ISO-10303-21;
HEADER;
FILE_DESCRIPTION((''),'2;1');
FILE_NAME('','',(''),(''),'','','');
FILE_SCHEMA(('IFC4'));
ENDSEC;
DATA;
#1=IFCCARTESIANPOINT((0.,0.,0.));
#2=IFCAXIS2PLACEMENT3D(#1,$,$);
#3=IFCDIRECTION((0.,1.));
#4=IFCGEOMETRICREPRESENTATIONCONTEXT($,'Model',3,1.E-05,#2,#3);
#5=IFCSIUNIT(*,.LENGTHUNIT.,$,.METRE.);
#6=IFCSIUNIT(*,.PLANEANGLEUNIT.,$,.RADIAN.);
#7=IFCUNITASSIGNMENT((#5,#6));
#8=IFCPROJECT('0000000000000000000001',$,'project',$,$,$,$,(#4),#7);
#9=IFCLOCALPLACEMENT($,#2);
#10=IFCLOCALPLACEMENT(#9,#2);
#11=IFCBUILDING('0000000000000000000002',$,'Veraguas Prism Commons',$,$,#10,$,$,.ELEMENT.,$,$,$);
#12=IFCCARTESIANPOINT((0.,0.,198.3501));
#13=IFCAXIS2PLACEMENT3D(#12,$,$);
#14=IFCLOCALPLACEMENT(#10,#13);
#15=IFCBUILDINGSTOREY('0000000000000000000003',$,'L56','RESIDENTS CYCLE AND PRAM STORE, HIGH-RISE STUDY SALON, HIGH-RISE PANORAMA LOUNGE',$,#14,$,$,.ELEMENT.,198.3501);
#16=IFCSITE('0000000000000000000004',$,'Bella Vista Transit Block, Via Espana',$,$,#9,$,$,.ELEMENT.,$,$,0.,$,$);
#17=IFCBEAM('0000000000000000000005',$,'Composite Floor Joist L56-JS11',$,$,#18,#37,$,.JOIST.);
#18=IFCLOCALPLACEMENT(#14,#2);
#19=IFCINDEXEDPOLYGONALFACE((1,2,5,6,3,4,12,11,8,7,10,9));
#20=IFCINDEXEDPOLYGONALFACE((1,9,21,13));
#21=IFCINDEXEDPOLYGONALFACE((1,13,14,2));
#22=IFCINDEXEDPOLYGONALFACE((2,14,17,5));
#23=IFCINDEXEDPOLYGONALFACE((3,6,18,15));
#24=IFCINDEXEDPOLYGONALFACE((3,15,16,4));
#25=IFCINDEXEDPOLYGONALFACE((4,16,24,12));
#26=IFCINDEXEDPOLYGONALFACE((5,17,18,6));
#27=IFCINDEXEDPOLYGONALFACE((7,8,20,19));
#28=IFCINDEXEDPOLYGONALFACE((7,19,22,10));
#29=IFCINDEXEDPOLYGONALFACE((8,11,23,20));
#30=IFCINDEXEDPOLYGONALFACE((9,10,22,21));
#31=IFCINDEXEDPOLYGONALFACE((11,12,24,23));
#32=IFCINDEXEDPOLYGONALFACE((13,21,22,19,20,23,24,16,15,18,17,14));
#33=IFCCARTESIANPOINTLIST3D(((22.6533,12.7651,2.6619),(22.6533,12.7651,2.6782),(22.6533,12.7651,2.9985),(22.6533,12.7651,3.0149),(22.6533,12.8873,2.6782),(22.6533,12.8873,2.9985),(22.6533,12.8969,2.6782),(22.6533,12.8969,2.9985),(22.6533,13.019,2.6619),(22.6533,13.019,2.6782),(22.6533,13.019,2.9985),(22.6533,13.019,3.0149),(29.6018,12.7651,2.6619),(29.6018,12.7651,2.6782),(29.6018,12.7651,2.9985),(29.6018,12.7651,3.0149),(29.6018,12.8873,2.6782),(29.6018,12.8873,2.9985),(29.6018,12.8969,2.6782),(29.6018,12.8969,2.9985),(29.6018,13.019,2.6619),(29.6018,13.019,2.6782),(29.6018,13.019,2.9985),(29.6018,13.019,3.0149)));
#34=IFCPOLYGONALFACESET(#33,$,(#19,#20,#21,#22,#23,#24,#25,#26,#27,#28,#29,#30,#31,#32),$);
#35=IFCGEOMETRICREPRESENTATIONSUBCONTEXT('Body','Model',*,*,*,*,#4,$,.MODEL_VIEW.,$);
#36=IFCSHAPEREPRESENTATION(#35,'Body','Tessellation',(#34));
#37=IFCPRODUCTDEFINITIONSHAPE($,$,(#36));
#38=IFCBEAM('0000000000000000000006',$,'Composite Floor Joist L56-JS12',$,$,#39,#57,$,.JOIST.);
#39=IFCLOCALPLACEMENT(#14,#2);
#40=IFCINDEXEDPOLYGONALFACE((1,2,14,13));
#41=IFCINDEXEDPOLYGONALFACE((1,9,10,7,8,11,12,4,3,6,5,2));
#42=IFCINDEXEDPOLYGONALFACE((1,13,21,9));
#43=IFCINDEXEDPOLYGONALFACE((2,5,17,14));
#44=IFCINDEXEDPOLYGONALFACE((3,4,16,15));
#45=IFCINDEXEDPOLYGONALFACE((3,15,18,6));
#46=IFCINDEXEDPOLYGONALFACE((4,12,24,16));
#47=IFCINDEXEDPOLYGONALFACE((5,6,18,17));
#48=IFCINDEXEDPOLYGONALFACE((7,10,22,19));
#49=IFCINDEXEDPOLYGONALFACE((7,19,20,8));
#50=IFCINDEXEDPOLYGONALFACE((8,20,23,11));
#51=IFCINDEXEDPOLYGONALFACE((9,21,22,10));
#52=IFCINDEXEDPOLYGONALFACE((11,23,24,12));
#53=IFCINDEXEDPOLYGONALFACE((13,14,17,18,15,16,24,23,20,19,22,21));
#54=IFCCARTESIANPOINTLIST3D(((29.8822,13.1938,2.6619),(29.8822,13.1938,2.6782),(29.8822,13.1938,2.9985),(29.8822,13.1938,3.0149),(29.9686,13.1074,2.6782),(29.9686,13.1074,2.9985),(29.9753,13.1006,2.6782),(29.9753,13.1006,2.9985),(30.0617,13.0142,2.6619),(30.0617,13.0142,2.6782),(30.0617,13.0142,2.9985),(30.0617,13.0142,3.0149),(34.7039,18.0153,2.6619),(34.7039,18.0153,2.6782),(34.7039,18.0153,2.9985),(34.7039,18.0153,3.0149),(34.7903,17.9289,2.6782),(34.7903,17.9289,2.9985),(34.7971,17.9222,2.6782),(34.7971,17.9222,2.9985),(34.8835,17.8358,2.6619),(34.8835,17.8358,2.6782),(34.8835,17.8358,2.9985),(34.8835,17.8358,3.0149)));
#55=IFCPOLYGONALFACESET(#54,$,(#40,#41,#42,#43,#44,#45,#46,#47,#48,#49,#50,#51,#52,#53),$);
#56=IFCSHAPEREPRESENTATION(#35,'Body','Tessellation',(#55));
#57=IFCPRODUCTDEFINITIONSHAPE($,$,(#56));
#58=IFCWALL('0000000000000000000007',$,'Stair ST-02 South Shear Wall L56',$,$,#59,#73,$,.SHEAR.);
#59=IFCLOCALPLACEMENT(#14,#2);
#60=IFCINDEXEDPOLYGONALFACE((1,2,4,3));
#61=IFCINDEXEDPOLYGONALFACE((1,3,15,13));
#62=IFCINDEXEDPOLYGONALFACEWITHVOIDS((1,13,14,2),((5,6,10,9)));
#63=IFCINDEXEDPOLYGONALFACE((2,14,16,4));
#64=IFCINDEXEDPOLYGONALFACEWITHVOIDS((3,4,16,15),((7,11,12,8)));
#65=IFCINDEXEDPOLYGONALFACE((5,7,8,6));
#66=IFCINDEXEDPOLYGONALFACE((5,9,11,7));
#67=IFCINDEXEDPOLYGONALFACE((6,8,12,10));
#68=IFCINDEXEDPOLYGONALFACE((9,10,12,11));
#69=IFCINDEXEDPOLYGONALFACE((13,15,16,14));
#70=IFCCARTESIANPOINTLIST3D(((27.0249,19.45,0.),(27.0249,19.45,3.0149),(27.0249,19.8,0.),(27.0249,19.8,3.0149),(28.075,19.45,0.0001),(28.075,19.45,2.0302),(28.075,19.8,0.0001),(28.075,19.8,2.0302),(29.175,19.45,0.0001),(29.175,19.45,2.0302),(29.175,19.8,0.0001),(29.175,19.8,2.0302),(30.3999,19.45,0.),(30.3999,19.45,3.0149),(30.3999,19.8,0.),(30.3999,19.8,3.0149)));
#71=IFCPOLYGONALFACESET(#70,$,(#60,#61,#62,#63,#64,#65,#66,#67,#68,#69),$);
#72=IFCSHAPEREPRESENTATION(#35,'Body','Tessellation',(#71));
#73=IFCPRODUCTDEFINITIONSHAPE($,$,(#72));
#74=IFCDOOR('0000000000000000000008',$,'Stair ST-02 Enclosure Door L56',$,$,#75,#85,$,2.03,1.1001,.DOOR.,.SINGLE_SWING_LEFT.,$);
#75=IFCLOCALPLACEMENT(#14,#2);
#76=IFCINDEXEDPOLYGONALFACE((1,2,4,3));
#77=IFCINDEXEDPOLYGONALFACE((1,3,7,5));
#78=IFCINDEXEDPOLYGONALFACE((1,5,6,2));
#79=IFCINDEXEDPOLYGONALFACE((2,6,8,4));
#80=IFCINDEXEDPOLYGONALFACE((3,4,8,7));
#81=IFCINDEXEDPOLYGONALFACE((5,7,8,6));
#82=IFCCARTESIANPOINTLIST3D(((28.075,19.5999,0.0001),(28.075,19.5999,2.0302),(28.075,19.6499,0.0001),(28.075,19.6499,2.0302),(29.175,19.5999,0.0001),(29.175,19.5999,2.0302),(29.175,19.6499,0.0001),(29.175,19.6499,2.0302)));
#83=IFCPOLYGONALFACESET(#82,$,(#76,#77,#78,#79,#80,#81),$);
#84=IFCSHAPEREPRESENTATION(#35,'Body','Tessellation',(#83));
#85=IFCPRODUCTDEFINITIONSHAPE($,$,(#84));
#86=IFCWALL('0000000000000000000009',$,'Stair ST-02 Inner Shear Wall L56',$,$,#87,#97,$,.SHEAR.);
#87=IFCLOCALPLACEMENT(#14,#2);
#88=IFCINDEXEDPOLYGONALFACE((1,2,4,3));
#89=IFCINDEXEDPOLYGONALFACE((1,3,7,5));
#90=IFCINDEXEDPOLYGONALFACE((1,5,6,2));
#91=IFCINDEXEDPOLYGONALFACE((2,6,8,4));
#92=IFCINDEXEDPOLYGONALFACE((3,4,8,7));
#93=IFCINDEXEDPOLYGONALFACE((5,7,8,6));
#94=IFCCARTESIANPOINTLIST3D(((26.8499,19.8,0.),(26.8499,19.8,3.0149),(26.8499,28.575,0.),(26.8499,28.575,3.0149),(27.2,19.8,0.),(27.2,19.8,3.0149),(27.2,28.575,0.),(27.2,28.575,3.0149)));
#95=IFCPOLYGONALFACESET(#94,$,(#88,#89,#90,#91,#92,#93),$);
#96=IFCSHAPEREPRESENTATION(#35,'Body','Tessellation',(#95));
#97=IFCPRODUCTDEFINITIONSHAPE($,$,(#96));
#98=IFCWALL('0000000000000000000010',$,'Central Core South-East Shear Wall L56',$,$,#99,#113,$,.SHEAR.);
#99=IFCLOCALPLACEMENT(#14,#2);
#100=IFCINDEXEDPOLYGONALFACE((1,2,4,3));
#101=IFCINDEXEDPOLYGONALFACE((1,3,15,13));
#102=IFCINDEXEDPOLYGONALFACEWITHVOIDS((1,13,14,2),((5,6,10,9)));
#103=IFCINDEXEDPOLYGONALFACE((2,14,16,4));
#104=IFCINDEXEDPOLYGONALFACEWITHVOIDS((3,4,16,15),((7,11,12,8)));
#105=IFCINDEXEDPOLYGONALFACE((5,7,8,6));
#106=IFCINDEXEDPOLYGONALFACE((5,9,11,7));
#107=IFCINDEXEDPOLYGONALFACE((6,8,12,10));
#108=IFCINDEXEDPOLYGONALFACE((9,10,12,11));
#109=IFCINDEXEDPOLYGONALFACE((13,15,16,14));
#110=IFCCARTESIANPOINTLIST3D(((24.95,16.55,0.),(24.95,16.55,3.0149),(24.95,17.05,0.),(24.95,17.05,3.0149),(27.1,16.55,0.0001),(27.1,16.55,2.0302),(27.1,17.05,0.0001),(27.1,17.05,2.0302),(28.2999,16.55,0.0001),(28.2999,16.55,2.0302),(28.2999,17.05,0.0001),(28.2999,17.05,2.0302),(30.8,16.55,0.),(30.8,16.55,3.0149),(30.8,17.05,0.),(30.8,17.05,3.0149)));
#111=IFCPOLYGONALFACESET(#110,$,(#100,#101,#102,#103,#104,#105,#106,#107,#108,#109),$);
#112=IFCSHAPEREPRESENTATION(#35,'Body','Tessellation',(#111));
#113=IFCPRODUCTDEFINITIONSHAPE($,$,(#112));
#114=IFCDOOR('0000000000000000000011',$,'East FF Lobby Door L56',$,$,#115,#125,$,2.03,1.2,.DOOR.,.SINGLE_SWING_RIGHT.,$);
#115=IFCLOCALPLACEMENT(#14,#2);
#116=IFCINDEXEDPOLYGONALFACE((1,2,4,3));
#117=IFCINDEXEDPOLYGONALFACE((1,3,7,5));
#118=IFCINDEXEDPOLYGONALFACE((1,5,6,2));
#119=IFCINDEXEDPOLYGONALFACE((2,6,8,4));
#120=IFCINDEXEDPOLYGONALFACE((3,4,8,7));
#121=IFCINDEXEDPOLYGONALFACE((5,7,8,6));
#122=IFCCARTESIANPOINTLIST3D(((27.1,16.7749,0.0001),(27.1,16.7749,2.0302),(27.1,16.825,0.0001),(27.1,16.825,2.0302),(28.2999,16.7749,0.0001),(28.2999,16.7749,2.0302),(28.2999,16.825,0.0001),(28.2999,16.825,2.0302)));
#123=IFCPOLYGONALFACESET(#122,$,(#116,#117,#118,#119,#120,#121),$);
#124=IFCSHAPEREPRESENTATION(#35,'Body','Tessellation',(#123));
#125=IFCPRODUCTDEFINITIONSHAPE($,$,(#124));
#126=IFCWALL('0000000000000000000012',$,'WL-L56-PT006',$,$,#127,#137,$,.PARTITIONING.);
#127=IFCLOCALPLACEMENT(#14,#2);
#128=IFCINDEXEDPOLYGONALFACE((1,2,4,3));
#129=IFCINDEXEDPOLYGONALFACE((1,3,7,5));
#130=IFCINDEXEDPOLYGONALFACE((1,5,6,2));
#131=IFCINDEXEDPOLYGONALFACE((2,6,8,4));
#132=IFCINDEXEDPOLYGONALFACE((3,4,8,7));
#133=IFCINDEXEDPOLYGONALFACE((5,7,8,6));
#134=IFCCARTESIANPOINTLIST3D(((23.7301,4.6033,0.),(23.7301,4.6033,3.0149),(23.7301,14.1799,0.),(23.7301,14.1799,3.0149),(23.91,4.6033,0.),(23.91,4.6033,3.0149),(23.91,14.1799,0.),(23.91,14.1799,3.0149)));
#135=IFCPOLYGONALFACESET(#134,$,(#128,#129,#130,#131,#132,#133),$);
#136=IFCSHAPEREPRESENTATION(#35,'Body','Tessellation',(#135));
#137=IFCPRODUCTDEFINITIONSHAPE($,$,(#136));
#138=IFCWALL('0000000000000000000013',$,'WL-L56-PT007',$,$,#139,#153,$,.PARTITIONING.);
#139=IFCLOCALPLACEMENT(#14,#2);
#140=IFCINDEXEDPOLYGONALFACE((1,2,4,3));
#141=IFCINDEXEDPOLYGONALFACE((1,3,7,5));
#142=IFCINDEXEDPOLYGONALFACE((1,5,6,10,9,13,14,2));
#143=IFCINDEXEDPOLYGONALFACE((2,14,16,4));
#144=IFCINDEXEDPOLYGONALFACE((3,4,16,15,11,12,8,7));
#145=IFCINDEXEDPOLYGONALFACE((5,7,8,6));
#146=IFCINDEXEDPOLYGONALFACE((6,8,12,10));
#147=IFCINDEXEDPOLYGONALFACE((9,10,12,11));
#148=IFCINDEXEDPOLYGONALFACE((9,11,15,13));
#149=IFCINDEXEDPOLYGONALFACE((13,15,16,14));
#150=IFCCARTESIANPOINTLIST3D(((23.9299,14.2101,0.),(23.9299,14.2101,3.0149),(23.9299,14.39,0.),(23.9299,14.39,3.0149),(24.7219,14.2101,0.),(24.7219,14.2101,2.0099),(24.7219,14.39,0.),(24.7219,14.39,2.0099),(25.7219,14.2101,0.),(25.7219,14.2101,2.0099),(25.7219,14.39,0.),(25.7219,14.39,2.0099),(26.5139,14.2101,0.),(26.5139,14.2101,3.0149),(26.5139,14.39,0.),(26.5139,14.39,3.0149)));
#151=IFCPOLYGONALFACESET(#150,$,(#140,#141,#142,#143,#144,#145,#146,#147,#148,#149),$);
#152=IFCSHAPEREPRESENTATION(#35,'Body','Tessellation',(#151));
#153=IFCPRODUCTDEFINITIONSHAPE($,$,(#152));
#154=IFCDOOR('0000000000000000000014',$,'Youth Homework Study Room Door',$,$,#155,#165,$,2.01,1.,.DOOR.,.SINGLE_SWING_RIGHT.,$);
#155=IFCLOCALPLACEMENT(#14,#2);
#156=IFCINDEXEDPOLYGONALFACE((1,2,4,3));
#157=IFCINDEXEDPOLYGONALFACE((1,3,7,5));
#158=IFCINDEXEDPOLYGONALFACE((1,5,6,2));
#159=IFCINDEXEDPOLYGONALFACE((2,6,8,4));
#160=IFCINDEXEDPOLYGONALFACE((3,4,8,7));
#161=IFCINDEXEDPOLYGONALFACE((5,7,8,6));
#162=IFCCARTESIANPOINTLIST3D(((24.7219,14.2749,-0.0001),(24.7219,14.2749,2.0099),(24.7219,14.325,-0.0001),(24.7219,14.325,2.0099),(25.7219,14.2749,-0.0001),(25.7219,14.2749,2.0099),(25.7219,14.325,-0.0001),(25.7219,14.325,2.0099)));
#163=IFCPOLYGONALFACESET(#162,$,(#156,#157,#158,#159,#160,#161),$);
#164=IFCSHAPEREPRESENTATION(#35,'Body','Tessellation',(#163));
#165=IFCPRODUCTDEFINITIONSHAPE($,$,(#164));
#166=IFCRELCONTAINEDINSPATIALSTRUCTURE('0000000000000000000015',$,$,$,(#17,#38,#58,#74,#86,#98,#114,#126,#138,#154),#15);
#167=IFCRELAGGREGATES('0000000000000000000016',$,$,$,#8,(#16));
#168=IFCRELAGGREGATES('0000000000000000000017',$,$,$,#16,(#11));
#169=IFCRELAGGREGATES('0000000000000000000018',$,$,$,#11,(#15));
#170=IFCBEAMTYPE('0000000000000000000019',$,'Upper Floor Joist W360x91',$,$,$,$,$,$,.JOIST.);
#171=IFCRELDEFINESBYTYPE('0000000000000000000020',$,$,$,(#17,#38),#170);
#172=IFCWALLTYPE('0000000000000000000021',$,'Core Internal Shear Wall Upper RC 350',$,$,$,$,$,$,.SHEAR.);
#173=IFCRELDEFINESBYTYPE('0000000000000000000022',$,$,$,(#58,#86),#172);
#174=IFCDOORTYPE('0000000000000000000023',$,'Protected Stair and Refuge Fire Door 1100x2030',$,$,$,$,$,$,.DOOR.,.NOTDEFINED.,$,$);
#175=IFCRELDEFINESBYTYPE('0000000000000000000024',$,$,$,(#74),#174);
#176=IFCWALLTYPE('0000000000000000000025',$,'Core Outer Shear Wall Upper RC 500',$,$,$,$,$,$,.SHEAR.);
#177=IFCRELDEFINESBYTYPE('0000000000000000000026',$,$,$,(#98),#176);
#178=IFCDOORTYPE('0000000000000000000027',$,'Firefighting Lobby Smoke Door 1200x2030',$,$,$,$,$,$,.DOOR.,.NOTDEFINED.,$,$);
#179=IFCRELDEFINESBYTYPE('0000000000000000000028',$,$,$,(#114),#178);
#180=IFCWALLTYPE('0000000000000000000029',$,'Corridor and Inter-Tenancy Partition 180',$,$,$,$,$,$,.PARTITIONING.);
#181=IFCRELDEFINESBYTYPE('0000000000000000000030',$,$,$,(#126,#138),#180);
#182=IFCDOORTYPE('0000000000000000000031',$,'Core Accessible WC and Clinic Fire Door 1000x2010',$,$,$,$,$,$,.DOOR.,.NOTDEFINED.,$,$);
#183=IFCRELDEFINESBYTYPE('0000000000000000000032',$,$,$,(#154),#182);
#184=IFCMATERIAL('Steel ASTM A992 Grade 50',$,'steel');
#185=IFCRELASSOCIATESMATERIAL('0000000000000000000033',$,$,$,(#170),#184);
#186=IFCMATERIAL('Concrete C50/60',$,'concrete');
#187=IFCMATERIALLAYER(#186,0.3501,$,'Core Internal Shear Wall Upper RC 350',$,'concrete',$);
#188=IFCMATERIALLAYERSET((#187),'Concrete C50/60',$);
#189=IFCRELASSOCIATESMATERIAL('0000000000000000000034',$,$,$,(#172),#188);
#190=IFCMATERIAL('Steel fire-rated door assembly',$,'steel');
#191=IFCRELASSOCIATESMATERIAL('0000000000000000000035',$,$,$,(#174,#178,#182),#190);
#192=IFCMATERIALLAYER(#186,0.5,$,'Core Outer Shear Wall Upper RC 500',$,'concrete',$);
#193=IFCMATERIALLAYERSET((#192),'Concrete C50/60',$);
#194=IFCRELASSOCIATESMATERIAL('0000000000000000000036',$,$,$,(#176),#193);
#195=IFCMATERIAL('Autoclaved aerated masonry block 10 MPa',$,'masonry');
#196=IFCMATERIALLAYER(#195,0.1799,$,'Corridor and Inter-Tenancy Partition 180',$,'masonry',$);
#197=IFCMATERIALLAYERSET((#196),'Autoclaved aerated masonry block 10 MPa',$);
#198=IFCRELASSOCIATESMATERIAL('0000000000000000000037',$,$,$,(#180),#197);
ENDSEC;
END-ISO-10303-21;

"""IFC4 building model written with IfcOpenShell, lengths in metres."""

from ifc_helpers import new_model, si_unit, direction, frame, frame_2d, origin, origin_2d, place, context, subcontext, project, spatial, rectangle, i_section, extrude, source, transform, mapped, material, layer, layer_set, material_profile, profile_set, type_object, element, fill, save


model = new_model("IFC4")

# Units and contexts
model_context = context("Model", 3, precision=1e-05, world=origin(), true_north=direction((0.0, 1.0)))
body_context = subcontext(model_context, "Body", "Model", "MODEL_VIEW")
ifc_project = project(units=[si_unit("LENGTHUNIT", "METRE"), si_unit("PLANEANGLEUNIT", "RADIAN")], contexts=[model_context])

# Site, building, storey
site_placement = place(None, origin())
site = spatial("IfcSite", under=ifc_project, at=site_placement, Name="Bella Vista Transit Block, Via Espana", CompositionType="ELEMENT", RefElevation=0.0)
building_placement = place(site_placement, origin())
building = spatial("IfcBuilding", under=site, at=building_placement, Name="Veraguas Prism Commons", CompositionType="ELEMENT")
storey_placement = place(building_placement, frame((0.0, 0.0, 198.3501)))
storey = spatial("IfcBuildingStorey", under=building, at=storey_placement, Name="L56", Description="RESIDENTS CYCLE AND PRAM STORE, HIGH-RISE STUDY SALON, HIGH-RISE PANORAMA LOUNGE", CompositionType="ELEMENT", Elevation=198.3501)

# Beams
ifc_material_1 = material(Name="Steel ASTM A992 Grade 50", Category="steel")
ifc_material_profile = material_profile(ifc_material_1, i_section(OverallWidth=0.2539, OverallDepth=0.353, WebThickness=0.0095, FlangeThickness=0.0164, at=origin_2d()), Name="W360X91")
ifc_profile_set = profile_set([ifc_material_profile], Name="Steel ASTM A992 Grade 50")
beam_type = type_object("IfcBeamType", Name="Upper Floor Joist W360x91", PredefinedType="JOIST", material=ifc_profile_set)
beam_1_placement = place(storey_placement, frame((22.6533, 12.8921, 2.8384), z_axis=(1.0, 0.0, 0.0), x_axis=(0.0, 1.0, 0.0)))
element("IfcBeam", 1, at=beam_1_placement, inside=storey, type_object=beam_type, Name="Composite Floor Joist L56-JS11", PredefinedType="JOIST", context=body_context, shape_type="SweptSolid", body=[
    extrude(i_section(OverallWidth=0.2539, OverallDepth=0.353, WebThickness=0.0095, FlangeThickness=0.0164, at=origin_2d()), origin(), (0.0, 0.0, 1.0), 6.9485),
])
beam_2_placement = place(storey_placement, frame((29.9719, 13.104, 2.8384), z_axis=(0.707125, 0.707089, 0.0), x_axis=(-0.707089, 0.707125, 0.0)))
element("IfcBeam", 2, at=beam_2_placement, inside=storey, type_object=beam_type, Name="Composite Floor Joist L56-JS12", PredefinedType="JOIST", context=body_context, shape_type="SweptSolid", body=[
    extrude(i_section(OverallWidth=0.2539, OverallDepth=0.353, WebThickness=0.0095, FlangeThickness=0.0164, at=origin_2d()), origin(), (0.0, 0.0, 1.0), 6.8188),
])

# Wall, opening, door
ifc_material_2 = material(Name="Concrete C50/60", Category="concrete")
ifc_layer_1 = layer(ifc_material_2, 0.3501, Name="Core Internal Shear Wall Upper RC 350", Category="concrete")
ifc_layer_set_1 = layer_set([ifc_layer_1], Name="Concrete C50/60")
wall_type_1 = type_object("IfcWallType", Name="Core Internal Shear Wall Upper RC 350", PredefinedType="SHEAR", material=ifc_layer_set_1)
wall_1_placement = place(storey_placement, frame((27.0249, 19.625, 0.0), z_axis=(0.0, 0.0, 1.0), x_axis=(1.0, 0.0, 0.0)))
wall_1 = element("IfcWall", 3, at=wall_1_placement, inside=storey, type_object=wall_type_1, Name="Stair ST-02 South Shear Wall L56", PredefinedType="SHEAR", context=body_context, shape_type="SweptSolid", body=[
    extrude(rectangle(XDim=3.375, YDim=0.3501, at=frame_2d((1.6875, 0.0))), origin(), (0.0, 0.0, 1.0), 3.0149),
])
opening_1_placement = place(wall_1_placement, frame((1.05, 0.0, 0.0)))
opening_1 = element("IfcOpeningElement", 4, at=opening_1_placement, cuts=wall_1, PredefinedType="OPENING", context=body_context, shape_type="SweptSolid", body=[
    extrude(rectangle(XDim=1.1001, YDim=2.03, at=frame_2d((0.55, 1.0151))), frame((0.0, 0.1851, 0.0), z_axis=(0.0, -1.0, 0.0), x_axis=(1.0, 0.0, 0.0)), (0.0, 0.0, 1.0), 0.3701),
])
ifc_material_3 = material(Name="Steel fire-rated door assembly", Category="steel")
door_type_1 = type_object("IfcDoorType", Name="Protected Stair and Refuge Fire Door 1100x2030", OperationType="NOTDEFINED", PredefinedType="DOOR", material=ifc_material_3)
shared_shape_1 = source(origin(), body_context, "Body", "SweptSolid", [
    extrude(rectangle(XDim=1.1001, YDim=2.03, at=frame_2d((0.55, 1.0151))), frame((0.0, 0.0249, 0.0), z_axis=(0.0, -1.0, 0.0), x_axis=(1.0, 0.0, 0.0)), (0.0, 0.0, 1.0), 0.05),
])
door_1_placement = place(opening_1_placement, origin())
door_1 = element("IfcDoor", 5, at=door_1_placement, inside=storey, type_object=door_type_1, Name="Stair ST-02 Enclosure Door L56", OperationType="SINGLE_SWING_LEFT", OverallHeight=2.03, OverallWidth=1.1001, PredefinedType="DOOR", context=body_context, shape_type="MappedRepresentation", body=[
    mapped(shared_shape_1, transform((0.0, 0.0, 0.0), scale=1.0)),
])
fill(opening_1, door_1)

# Wall
wall_2_placement = place(storey_placement, frame((27.0249, 19.8, 0.0), z_axis=(0.0, 0.0, 1.0), x_axis=(0.0, 1.0, 0.0)))
element("IfcWall", 6, at=wall_2_placement, inside=storey, type_object=wall_type_1, Name="Stair ST-02 Inner Shear Wall L56", PredefinedType="SHEAR", context=body_context, shape_type="SweptSolid", body=[
    extrude(rectangle(XDim=8.7749, YDim=0.3501, at=frame_2d((4.3875, 0.0))), origin(), (0.0, 0.0, 1.0), 3.0149),
])

# Wall, opening, door
ifc_layer_2 = layer(ifc_material_2, 0.5, Name="Core Outer Shear Wall Upper RC 500", Category="concrete")
ifc_layer_set_2 = layer_set([ifc_layer_2], Name="Concrete C50/60")
wall_type_2 = type_object("IfcWallType", Name="Core Outer Shear Wall Upper RC 500", PredefinedType="SHEAR", material=ifc_layer_set_2)
wall_3_placement = place(storey_placement, frame((24.95, 16.8, 0.0), z_axis=(0.0, 0.0, 1.0), x_axis=(1.0, 0.0, 0.0)))
wall_3 = element("IfcWall", 7, at=wall_3_placement, inside=storey, type_object=wall_type_2, Name="Central Core South-East Shear Wall L56", PredefinedType="SHEAR", context=body_context, shape_type="SweptSolid", body=[
    extrude(rectangle(XDim=5.8501, YDim=0.5, at=frame_2d((2.925, 0.0))), origin(), (0.0, 0.0, 1.0), 3.0149),
])
opening_2_placement = place(wall_3_placement, frame((2.1499, 0.0, 0.0)))
opening_2 = element("IfcOpeningElement", 8, at=opening_2_placement, cuts=wall_3, PredefinedType="OPENING", context=body_context, shape_type="SweptSolid", body=[
    extrude(rectangle(XDim=1.2, YDim=2.03, at=frame_2d((0.6001, 1.0151))), frame((0.0, 0.26, 0.0), z_axis=(0.0, -1.0, 0.0), x_axis=(1.0, 0.0, 0.0)), (0.0, 0.0, 1.0), 0.52),
])
door_type_2 = type_object("IfcDoorType", Name="Firefighting Lobby Smoke Door 1200x2030", OperationType="NOTDEFINED", PredefinedType="DOOR", material=ifc_material_3)
shared_shape_2 = source(origin(), body_context, "Body", "SweptSolid", [
    extrude(rectangle(XDim=1.2, YDim=2.03, at=frame_2d((0.6001, 1.0151))), frame((0.0, 0.0249, 0.0), z_axis=(0.0, -1.0, 0.0), x_axis=(1.0, 0.0, 0.0)), (0.0, 0.0, 1.0), 0.05),
])
door_2_placement = place(opening_2_placement, origin())
door_2 = element("IfcDoor", 9, at=door_2_placement, inside=storey, type_object=door_type_2, Name="East FF Lobby Door L56", OperationType="SINGLE_SWING_RIGHT", OverallHeight=2.03, OverallWidth=1.2, PredefinedType="DOOR", context=body_context, shape_type="MappedRepresentation", body=[
    mapped(shared_shape_2, transform((0.0, 0.0, 0.0), scale=1.0)),
])
fill(opening_2, door_2)

# Wall
ifc_material_4 = material(Name="Autoclaved aerated masonry block 10 MPa", Category="masonry")
ifc_layer_3 = layer(ifc_material_4, 0.1799, Name="Corridor and Inter-Tenancy Partition 180", Category="masonry")
ifc_layer_set_3 = layer_set([ifc_layer_3], Name="Autoclaved aerated masonry block 10 MPa")
wall_type_3 = type_object("IfcWallType", Name="Corridor and Inter-Tenancy Partition 180", PredefinedType="PARTITIONING", material=ifc_layer_set_3)
wall_4_placement = place(storey_placement, frame((23.8201, 14.1799, 0.0), z_axis=(0.0, 0.0, 1.0), x_axis=(0.0, -1.0, 0.0)))
element("IfcWall", 10, at=wall_4_placement, inside=storey, type_object=wall_type_3, Name="WL-L56-PT006", PredefinedType="PARTITIONING", context=body_context, shape_type="SweptSolid", body=[
    extrude(rectangle(XDim=9.5767, YDim=0.1799, at=frame_2d((4.7883, 0.0))), origin(), (0.0, 0.0, 1.0), 3.0149),
])

# Wall, opening, door
wall_5_placement = place(storey_placement, frame((23.9299, 14.3, 0.0), z_axis=(0.0, 0.0, 1.0), x_axis=(1.0, 0.0, 0.0)))
wall_5 = element("IfcWall", 11, at=wall_5_placement, inside=storey, type_object=wall_type_3, Name="WL-L56-PT007", PredefinedType="PARTITIONING", context=body_context, shape_type="SweptSolid", body=[
    extrude(rectangle(XDim=2.584, YDim=0.1799, at=frame_2d((1.292, 0.0))), origin(), (0.0, 0.0, 1.0), 3.0149),
])
opening_3_placement = place(wall_5_placement, frame((0.792, 0.0, 0.0)))
opening_3 = element("IfcOpeningElement", 12, at=opening_3_placement, cuts=wall_5, PredefinedType="OPENING", context=body_context, shape_type="SweptSolid", body=[
    extrude(rectangle(XDim=1.0, YDim=2.01, at=frame_2d((0.5, 1.0049))), frame((0.0, 0.0999, 0.0), z_axis=(0.0, -1.0, 0.0), x_axis=(1.0, 0.0, 0.0)), (0.0, 0.0, 1.0), 0.2),
])
door_type_3 = type_object("IfcDoorType", Name="Core Accessible WC and Clinic Fire Door 1000x2010", OperationType="NOTDEFINED", PredefinedType="DOOR", material=ifc_material_3)
shared_shape_3 = source(origin(), body_context, "Body", "SweptSolid", [
    extrude(rectangle(XDim=1.0, YDim=2.01, at=frame_2d((0.5, 1.0049))), frame((0.0, 0.0249, 0.0), z_axis=(0.0, -1.0, 0.0), x_axis=(1.0, 0.0, 0.0)), (0.0, 0.0, 1.0), 0.05),
])
door_3_placement = place(opening_3_placement, origin())
door_3 = element("IfcDoor", 13, at=door_3_placement, inside=storey, type_object=door_type_3, Name="Youth Homework Study Room Door", OperationType="SINGLE_SWING_RIGHT", OverallHeight=2.01, OverallWidth=1.0, PredefinedType="DOOR", context=body_context, shape_type="MappedRepresentation", body=[
    mapped(shared_shape_3, transform((0.0, 0.0, 0.0), scale=1.0)),
])
fill(opening_3, door_3)

save(model, "model.ifc")
